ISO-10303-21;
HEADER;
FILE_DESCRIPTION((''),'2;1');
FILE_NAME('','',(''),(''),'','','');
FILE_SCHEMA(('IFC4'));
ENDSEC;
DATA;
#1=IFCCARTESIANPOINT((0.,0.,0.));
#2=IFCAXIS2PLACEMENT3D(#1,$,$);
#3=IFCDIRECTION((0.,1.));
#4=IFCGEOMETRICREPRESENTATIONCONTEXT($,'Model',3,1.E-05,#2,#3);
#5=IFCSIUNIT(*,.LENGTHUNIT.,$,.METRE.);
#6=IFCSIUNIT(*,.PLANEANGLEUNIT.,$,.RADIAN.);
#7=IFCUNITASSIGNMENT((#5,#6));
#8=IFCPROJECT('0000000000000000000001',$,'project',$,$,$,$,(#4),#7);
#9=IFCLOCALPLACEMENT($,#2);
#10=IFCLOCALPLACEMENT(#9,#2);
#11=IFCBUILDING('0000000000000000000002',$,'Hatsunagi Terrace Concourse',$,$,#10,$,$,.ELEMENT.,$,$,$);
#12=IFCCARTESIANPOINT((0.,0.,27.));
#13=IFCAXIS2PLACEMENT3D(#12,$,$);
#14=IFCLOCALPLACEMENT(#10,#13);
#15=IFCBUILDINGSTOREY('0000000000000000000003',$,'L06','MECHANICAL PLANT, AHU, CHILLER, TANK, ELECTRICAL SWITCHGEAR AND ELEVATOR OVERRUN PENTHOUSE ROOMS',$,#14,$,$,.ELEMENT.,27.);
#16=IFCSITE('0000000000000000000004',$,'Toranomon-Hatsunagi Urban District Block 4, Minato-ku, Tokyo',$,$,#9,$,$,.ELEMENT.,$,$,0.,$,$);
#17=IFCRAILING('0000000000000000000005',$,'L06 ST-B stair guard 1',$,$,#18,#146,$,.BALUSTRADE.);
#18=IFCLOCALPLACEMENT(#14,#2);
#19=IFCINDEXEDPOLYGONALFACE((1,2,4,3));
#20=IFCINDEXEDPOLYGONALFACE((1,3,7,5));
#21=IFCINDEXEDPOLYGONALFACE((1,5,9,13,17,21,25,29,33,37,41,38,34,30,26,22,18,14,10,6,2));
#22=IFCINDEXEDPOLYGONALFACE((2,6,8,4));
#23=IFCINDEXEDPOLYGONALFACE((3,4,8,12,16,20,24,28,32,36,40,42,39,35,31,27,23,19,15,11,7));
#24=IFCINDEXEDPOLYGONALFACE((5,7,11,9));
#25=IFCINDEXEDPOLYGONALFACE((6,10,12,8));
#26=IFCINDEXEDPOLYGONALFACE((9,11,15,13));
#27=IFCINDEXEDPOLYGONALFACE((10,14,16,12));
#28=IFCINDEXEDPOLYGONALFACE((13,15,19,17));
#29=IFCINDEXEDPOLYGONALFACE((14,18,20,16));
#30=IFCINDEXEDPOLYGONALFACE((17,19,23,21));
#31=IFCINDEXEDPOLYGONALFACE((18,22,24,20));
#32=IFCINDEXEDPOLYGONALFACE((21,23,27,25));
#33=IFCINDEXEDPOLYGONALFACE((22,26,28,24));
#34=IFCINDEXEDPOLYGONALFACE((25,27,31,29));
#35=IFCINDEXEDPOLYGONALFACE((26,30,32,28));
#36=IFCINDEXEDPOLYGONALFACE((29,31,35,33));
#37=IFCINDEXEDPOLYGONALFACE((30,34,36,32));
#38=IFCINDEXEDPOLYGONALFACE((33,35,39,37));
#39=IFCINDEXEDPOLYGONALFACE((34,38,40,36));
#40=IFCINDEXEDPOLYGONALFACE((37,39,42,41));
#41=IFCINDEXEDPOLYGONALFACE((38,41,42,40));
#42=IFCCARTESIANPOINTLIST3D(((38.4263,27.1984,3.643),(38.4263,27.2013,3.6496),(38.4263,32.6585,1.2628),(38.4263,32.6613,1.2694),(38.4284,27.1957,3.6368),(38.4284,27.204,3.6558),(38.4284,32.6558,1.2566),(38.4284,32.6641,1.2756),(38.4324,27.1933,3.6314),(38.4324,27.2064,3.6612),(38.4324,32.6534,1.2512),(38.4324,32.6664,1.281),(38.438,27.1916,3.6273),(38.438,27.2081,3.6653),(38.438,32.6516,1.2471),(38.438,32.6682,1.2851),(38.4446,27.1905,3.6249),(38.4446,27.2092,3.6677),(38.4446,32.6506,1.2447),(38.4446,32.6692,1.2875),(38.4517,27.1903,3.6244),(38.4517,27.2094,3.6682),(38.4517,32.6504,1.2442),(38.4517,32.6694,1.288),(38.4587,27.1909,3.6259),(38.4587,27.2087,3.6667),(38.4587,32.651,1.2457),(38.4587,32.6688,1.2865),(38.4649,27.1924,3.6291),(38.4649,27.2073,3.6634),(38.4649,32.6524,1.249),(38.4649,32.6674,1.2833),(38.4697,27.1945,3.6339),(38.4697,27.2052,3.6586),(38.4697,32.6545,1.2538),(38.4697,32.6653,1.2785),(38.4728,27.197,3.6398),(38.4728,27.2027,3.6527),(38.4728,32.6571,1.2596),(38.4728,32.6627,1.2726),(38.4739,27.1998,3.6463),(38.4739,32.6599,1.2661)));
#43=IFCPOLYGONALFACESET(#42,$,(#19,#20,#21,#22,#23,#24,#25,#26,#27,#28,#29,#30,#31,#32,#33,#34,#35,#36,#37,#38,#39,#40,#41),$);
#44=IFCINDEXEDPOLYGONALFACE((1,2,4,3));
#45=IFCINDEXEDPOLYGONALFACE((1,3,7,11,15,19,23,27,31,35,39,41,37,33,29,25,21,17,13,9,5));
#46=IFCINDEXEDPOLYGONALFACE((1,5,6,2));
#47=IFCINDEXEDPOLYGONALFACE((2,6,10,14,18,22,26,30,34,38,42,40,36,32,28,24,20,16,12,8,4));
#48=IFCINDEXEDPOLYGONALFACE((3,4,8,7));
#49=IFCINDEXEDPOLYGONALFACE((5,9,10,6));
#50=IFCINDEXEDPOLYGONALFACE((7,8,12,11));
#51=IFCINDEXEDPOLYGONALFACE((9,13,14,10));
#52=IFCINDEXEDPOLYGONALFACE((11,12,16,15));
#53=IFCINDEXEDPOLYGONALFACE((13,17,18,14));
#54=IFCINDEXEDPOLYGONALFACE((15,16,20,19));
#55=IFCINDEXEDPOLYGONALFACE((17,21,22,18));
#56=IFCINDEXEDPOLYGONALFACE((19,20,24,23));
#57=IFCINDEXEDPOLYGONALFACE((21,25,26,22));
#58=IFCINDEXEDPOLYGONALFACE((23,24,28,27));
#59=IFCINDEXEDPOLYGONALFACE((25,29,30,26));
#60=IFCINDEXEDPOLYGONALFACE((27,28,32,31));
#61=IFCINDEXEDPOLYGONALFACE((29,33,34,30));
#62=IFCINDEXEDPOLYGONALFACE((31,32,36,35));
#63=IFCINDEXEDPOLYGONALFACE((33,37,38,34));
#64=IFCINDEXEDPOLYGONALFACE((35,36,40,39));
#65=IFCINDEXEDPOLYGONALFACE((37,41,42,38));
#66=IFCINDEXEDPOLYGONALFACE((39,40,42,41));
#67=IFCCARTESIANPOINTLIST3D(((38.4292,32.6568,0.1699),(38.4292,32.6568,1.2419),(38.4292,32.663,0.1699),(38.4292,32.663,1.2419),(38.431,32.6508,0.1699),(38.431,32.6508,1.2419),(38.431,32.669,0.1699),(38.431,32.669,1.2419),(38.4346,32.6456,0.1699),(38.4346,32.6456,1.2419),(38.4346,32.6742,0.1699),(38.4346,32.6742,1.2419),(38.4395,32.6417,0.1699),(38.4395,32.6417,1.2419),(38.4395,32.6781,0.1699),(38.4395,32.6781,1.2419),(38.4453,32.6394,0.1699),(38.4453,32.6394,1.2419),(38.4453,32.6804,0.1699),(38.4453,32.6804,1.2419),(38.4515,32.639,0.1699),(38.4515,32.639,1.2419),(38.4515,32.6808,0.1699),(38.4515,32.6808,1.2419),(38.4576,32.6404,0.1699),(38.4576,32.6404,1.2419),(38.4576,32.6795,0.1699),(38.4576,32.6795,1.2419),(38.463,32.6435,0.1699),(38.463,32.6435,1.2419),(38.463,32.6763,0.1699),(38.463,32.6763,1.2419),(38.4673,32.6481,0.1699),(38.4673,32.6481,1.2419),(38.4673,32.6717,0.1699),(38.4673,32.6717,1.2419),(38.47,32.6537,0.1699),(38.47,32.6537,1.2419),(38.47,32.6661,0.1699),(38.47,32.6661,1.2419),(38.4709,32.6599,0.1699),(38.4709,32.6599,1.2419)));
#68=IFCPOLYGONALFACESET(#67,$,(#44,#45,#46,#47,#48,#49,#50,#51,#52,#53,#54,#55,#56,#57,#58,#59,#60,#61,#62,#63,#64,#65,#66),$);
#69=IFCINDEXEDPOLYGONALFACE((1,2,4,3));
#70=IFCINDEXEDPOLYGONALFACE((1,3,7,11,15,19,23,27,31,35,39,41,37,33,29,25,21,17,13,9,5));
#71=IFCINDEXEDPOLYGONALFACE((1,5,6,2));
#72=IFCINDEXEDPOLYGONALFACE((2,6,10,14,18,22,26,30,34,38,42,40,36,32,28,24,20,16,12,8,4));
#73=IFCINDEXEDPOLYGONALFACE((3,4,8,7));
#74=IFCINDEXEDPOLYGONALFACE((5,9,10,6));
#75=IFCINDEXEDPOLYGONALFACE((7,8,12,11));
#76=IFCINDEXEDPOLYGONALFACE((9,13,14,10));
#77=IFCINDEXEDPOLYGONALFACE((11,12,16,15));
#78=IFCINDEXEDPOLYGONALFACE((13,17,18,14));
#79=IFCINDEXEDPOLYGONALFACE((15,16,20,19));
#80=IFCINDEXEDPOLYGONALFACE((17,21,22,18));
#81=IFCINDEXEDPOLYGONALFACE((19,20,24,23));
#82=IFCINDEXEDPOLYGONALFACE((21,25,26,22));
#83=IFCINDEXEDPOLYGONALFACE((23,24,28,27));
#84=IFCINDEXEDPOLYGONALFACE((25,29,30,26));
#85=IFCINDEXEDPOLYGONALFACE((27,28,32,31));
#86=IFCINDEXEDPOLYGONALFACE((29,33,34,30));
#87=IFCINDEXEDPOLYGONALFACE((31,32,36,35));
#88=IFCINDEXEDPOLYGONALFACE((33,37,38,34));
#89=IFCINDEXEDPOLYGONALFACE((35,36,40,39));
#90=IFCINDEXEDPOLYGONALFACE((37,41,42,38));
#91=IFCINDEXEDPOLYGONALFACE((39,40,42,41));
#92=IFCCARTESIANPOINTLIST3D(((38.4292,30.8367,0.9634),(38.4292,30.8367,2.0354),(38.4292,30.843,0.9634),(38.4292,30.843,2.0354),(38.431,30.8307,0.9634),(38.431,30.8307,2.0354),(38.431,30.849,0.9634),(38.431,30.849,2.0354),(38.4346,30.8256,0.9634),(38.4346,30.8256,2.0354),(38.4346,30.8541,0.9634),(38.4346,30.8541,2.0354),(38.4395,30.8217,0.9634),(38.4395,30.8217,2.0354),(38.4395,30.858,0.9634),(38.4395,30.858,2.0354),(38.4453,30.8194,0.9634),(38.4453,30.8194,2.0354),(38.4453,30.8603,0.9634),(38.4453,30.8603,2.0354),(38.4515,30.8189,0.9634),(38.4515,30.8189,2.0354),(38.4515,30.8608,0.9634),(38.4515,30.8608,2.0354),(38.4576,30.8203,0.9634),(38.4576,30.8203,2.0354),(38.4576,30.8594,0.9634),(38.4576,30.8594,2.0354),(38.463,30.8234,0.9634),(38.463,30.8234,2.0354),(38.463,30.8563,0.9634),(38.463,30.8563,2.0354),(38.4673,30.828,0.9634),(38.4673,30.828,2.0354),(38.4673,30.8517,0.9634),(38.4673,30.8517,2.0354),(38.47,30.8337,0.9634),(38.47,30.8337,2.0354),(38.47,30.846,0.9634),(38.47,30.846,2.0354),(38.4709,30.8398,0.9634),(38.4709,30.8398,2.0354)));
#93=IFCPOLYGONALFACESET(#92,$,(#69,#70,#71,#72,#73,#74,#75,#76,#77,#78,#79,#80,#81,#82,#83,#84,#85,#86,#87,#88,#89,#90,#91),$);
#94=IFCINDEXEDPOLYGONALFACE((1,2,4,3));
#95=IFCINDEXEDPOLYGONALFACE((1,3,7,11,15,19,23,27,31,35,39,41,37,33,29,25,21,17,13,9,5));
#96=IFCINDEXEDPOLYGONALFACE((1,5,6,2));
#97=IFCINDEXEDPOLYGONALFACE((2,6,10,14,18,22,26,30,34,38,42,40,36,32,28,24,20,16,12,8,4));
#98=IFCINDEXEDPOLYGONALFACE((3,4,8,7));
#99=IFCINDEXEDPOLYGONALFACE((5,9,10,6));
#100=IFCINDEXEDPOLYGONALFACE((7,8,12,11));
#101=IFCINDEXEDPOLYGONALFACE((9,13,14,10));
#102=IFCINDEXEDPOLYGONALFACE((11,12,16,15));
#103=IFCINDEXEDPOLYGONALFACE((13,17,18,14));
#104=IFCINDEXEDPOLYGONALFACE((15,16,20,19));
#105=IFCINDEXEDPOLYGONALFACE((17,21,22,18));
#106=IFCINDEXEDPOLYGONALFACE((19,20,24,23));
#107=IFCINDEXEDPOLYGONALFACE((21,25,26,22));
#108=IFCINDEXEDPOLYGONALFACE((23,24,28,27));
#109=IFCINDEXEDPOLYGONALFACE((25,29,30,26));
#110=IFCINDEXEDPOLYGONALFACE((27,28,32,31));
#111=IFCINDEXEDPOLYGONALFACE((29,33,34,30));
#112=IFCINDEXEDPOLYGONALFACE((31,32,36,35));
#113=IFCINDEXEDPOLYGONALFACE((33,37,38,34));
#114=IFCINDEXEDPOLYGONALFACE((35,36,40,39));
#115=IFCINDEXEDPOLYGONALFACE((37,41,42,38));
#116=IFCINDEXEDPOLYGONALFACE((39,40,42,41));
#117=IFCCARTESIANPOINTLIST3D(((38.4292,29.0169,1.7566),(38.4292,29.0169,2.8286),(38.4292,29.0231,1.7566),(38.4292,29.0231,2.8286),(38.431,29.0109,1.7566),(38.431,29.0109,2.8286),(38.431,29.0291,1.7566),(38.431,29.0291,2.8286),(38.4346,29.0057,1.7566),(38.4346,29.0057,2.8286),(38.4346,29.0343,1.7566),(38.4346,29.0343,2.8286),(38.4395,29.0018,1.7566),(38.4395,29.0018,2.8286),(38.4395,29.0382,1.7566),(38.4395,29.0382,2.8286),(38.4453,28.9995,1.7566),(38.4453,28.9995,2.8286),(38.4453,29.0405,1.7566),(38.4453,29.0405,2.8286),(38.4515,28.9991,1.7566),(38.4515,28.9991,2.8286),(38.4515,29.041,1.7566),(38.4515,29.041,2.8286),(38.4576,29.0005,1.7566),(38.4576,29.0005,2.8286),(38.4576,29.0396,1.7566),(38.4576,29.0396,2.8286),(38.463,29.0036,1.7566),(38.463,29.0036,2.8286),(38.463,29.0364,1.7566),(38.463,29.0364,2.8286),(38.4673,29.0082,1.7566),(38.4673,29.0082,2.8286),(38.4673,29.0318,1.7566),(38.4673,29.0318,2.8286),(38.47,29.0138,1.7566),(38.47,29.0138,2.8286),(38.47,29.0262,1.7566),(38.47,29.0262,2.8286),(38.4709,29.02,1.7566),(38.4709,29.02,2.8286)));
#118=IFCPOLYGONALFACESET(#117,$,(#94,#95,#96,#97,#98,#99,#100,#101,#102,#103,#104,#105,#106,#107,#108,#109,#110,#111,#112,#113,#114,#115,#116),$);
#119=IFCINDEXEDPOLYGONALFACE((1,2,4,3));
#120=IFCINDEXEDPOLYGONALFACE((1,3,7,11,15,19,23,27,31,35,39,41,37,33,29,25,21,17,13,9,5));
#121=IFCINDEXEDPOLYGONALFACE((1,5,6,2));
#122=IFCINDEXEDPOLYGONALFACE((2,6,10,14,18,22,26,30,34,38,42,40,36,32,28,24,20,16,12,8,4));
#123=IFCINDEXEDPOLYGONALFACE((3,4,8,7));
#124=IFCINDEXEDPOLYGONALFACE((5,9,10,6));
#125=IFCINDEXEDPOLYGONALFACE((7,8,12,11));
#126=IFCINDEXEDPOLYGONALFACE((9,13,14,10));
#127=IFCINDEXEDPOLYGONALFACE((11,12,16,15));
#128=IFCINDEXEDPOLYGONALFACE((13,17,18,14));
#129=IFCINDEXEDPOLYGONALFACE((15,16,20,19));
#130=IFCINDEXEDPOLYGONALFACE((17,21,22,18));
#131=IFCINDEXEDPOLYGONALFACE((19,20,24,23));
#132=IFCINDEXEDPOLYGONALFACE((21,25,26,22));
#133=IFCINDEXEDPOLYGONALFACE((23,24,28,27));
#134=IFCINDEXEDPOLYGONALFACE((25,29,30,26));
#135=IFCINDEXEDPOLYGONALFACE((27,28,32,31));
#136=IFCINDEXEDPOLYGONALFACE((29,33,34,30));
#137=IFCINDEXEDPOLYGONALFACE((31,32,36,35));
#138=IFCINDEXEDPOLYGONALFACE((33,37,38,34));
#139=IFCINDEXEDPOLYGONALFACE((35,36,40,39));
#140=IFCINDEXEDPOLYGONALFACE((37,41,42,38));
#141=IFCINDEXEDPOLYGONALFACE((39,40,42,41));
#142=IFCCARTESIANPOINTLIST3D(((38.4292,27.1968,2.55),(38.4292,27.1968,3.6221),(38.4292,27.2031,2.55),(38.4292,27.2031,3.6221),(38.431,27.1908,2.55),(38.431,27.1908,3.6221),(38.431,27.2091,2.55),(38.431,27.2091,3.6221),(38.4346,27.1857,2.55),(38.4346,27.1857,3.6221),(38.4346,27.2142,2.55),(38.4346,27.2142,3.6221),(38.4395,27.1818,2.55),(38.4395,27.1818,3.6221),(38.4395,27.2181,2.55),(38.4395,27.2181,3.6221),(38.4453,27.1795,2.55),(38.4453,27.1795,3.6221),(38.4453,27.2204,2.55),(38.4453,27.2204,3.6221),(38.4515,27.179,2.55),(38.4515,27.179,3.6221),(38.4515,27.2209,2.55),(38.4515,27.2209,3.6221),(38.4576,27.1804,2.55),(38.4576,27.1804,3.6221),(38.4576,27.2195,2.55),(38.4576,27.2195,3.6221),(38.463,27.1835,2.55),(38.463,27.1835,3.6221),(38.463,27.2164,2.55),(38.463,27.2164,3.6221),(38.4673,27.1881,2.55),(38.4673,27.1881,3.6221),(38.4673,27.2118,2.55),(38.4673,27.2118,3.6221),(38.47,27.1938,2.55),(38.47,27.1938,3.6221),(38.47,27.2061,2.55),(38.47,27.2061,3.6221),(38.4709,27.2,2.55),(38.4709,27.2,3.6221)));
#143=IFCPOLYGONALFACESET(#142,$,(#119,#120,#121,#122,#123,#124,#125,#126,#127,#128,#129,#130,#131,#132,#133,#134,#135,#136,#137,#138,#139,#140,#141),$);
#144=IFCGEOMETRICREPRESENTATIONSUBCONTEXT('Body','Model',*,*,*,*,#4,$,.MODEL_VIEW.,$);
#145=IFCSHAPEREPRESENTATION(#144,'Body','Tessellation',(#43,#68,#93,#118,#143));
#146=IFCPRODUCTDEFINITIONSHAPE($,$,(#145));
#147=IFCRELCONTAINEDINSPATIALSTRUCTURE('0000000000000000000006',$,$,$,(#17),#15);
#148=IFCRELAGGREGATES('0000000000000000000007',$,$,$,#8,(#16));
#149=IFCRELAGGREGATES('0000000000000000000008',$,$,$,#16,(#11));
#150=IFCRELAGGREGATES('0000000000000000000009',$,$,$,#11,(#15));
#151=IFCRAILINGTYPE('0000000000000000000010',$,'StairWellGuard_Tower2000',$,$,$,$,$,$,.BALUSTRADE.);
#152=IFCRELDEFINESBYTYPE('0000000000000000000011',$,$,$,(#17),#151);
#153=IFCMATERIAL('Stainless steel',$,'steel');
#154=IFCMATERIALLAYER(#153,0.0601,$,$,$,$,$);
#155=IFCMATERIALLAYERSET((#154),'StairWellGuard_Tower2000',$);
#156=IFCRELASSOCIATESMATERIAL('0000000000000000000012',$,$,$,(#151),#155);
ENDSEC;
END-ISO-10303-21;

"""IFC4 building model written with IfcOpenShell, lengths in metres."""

from ifc_helpers import new_model, si_unit, direction, frame, origin, origin_2d, place, context, subcontext, project, spatial, circle, extrude, material, layer, layer_set, type_object, element, save


model = new_model("IFC4")

# Units and contexts
model_context = context("Model", 3, precision=1e-05, world=origin(), true_north=direction((0.0, 1.0)))
body_context = subcontext(model_context, "Body", "Model", "MODEL_VIEW")
ifc_project = project(units=[si_unit("LENGTHUNIT", "METRE"), si_unit("PLANEANGLEUNIT", "RADIAN")], contexts=[model_context])

# Site, building, storey
site_placement = place(None, origin())
site = spatial("IfcSite", under=ifc_project, at=site_placement, Name="Toranomon-Hatsunagi Urban District Block 4, Minato-ku, Tokyo", CompositionType="ELEMENT", RefElevation=0.0)
building_placement = place(site_placement, origin())
building = spatial("IfcBuilding", under=site, at=building_placement, Name="Hatsunagi Terrace Concourse", CompositionType="ELEMENT")
storey_placement = place(building_placement, frame((0.0, 0.0, 27.0)))
storey = spatial("IfcBuildingStorey", under=building, at=storey_placement, Name="L06", Description="MECHANICAL PLANT, AHU, CHILLER, TANK, ELECTRICAL SWITCHGEAR AND ELEVATOR OVERRUN PENTHOUSE ROOMS", CompositionType="ELEMENT", Elevation=27.0)

# Railing
ifc_material_1 = material(Name="Stainless steel", Category="steel")
ifc_layer_1 = layer(ifc_material_1, 0.0601)
ifc_layer_set_1 = layer_set([ifc_layer_1], Name="StairWellGuard_Tower2000")
railing_type_1 = type_object("IfcRailingType", Name="StairWellGuard_Tower2000", PredefinedType="BALUSTRADE", material=ifc_layer_set_1)
railing_1_placement = place(storey_placement, frame((38.45, 32.6599, 0.1699)))
element("IfcRailing", 1, at=railing_1_placement, inside=storey, type_object=railing_type_1, Name="L06 ST-B stair guard 1", PredefinedType="BALUSTRADE", context=body_context, shape_type="SweptSolid", body=[
    extrude(circle(Radius=0.0239, at=origin_2d()), frame((0.0, 0.0, 1.0962), z_axis=(0.0, -0.916687, 0.399606), x_axis=(1.0, 0.0, 0.0)), (0.0, 0.0, 1.0), 5.9563),
    extrude(circle(Radius=0.021, at=origin_2d()), origin(), (0.0, 0.0, 1.0), 1.072),
    extrude(circle(Radius=0.021, at=origin_2d()), frame((0.0, -1.8201, 0.7935)), (0.0, 0.0, 1.0), 1.072),
    extrude(circle(Radius=0.021, at=origin_2d()), frame((0.0, -3.6399, 1.5867)), (0.0, 0.0, 1.0), 1.072),
    extrude(circle(Radius=0.021, at=origin_2d()), frame((0.0, -5.46, 2.3801)), (0.0, 0.0, 1.0), 1.072),
])

save(model, "model.ifc")
